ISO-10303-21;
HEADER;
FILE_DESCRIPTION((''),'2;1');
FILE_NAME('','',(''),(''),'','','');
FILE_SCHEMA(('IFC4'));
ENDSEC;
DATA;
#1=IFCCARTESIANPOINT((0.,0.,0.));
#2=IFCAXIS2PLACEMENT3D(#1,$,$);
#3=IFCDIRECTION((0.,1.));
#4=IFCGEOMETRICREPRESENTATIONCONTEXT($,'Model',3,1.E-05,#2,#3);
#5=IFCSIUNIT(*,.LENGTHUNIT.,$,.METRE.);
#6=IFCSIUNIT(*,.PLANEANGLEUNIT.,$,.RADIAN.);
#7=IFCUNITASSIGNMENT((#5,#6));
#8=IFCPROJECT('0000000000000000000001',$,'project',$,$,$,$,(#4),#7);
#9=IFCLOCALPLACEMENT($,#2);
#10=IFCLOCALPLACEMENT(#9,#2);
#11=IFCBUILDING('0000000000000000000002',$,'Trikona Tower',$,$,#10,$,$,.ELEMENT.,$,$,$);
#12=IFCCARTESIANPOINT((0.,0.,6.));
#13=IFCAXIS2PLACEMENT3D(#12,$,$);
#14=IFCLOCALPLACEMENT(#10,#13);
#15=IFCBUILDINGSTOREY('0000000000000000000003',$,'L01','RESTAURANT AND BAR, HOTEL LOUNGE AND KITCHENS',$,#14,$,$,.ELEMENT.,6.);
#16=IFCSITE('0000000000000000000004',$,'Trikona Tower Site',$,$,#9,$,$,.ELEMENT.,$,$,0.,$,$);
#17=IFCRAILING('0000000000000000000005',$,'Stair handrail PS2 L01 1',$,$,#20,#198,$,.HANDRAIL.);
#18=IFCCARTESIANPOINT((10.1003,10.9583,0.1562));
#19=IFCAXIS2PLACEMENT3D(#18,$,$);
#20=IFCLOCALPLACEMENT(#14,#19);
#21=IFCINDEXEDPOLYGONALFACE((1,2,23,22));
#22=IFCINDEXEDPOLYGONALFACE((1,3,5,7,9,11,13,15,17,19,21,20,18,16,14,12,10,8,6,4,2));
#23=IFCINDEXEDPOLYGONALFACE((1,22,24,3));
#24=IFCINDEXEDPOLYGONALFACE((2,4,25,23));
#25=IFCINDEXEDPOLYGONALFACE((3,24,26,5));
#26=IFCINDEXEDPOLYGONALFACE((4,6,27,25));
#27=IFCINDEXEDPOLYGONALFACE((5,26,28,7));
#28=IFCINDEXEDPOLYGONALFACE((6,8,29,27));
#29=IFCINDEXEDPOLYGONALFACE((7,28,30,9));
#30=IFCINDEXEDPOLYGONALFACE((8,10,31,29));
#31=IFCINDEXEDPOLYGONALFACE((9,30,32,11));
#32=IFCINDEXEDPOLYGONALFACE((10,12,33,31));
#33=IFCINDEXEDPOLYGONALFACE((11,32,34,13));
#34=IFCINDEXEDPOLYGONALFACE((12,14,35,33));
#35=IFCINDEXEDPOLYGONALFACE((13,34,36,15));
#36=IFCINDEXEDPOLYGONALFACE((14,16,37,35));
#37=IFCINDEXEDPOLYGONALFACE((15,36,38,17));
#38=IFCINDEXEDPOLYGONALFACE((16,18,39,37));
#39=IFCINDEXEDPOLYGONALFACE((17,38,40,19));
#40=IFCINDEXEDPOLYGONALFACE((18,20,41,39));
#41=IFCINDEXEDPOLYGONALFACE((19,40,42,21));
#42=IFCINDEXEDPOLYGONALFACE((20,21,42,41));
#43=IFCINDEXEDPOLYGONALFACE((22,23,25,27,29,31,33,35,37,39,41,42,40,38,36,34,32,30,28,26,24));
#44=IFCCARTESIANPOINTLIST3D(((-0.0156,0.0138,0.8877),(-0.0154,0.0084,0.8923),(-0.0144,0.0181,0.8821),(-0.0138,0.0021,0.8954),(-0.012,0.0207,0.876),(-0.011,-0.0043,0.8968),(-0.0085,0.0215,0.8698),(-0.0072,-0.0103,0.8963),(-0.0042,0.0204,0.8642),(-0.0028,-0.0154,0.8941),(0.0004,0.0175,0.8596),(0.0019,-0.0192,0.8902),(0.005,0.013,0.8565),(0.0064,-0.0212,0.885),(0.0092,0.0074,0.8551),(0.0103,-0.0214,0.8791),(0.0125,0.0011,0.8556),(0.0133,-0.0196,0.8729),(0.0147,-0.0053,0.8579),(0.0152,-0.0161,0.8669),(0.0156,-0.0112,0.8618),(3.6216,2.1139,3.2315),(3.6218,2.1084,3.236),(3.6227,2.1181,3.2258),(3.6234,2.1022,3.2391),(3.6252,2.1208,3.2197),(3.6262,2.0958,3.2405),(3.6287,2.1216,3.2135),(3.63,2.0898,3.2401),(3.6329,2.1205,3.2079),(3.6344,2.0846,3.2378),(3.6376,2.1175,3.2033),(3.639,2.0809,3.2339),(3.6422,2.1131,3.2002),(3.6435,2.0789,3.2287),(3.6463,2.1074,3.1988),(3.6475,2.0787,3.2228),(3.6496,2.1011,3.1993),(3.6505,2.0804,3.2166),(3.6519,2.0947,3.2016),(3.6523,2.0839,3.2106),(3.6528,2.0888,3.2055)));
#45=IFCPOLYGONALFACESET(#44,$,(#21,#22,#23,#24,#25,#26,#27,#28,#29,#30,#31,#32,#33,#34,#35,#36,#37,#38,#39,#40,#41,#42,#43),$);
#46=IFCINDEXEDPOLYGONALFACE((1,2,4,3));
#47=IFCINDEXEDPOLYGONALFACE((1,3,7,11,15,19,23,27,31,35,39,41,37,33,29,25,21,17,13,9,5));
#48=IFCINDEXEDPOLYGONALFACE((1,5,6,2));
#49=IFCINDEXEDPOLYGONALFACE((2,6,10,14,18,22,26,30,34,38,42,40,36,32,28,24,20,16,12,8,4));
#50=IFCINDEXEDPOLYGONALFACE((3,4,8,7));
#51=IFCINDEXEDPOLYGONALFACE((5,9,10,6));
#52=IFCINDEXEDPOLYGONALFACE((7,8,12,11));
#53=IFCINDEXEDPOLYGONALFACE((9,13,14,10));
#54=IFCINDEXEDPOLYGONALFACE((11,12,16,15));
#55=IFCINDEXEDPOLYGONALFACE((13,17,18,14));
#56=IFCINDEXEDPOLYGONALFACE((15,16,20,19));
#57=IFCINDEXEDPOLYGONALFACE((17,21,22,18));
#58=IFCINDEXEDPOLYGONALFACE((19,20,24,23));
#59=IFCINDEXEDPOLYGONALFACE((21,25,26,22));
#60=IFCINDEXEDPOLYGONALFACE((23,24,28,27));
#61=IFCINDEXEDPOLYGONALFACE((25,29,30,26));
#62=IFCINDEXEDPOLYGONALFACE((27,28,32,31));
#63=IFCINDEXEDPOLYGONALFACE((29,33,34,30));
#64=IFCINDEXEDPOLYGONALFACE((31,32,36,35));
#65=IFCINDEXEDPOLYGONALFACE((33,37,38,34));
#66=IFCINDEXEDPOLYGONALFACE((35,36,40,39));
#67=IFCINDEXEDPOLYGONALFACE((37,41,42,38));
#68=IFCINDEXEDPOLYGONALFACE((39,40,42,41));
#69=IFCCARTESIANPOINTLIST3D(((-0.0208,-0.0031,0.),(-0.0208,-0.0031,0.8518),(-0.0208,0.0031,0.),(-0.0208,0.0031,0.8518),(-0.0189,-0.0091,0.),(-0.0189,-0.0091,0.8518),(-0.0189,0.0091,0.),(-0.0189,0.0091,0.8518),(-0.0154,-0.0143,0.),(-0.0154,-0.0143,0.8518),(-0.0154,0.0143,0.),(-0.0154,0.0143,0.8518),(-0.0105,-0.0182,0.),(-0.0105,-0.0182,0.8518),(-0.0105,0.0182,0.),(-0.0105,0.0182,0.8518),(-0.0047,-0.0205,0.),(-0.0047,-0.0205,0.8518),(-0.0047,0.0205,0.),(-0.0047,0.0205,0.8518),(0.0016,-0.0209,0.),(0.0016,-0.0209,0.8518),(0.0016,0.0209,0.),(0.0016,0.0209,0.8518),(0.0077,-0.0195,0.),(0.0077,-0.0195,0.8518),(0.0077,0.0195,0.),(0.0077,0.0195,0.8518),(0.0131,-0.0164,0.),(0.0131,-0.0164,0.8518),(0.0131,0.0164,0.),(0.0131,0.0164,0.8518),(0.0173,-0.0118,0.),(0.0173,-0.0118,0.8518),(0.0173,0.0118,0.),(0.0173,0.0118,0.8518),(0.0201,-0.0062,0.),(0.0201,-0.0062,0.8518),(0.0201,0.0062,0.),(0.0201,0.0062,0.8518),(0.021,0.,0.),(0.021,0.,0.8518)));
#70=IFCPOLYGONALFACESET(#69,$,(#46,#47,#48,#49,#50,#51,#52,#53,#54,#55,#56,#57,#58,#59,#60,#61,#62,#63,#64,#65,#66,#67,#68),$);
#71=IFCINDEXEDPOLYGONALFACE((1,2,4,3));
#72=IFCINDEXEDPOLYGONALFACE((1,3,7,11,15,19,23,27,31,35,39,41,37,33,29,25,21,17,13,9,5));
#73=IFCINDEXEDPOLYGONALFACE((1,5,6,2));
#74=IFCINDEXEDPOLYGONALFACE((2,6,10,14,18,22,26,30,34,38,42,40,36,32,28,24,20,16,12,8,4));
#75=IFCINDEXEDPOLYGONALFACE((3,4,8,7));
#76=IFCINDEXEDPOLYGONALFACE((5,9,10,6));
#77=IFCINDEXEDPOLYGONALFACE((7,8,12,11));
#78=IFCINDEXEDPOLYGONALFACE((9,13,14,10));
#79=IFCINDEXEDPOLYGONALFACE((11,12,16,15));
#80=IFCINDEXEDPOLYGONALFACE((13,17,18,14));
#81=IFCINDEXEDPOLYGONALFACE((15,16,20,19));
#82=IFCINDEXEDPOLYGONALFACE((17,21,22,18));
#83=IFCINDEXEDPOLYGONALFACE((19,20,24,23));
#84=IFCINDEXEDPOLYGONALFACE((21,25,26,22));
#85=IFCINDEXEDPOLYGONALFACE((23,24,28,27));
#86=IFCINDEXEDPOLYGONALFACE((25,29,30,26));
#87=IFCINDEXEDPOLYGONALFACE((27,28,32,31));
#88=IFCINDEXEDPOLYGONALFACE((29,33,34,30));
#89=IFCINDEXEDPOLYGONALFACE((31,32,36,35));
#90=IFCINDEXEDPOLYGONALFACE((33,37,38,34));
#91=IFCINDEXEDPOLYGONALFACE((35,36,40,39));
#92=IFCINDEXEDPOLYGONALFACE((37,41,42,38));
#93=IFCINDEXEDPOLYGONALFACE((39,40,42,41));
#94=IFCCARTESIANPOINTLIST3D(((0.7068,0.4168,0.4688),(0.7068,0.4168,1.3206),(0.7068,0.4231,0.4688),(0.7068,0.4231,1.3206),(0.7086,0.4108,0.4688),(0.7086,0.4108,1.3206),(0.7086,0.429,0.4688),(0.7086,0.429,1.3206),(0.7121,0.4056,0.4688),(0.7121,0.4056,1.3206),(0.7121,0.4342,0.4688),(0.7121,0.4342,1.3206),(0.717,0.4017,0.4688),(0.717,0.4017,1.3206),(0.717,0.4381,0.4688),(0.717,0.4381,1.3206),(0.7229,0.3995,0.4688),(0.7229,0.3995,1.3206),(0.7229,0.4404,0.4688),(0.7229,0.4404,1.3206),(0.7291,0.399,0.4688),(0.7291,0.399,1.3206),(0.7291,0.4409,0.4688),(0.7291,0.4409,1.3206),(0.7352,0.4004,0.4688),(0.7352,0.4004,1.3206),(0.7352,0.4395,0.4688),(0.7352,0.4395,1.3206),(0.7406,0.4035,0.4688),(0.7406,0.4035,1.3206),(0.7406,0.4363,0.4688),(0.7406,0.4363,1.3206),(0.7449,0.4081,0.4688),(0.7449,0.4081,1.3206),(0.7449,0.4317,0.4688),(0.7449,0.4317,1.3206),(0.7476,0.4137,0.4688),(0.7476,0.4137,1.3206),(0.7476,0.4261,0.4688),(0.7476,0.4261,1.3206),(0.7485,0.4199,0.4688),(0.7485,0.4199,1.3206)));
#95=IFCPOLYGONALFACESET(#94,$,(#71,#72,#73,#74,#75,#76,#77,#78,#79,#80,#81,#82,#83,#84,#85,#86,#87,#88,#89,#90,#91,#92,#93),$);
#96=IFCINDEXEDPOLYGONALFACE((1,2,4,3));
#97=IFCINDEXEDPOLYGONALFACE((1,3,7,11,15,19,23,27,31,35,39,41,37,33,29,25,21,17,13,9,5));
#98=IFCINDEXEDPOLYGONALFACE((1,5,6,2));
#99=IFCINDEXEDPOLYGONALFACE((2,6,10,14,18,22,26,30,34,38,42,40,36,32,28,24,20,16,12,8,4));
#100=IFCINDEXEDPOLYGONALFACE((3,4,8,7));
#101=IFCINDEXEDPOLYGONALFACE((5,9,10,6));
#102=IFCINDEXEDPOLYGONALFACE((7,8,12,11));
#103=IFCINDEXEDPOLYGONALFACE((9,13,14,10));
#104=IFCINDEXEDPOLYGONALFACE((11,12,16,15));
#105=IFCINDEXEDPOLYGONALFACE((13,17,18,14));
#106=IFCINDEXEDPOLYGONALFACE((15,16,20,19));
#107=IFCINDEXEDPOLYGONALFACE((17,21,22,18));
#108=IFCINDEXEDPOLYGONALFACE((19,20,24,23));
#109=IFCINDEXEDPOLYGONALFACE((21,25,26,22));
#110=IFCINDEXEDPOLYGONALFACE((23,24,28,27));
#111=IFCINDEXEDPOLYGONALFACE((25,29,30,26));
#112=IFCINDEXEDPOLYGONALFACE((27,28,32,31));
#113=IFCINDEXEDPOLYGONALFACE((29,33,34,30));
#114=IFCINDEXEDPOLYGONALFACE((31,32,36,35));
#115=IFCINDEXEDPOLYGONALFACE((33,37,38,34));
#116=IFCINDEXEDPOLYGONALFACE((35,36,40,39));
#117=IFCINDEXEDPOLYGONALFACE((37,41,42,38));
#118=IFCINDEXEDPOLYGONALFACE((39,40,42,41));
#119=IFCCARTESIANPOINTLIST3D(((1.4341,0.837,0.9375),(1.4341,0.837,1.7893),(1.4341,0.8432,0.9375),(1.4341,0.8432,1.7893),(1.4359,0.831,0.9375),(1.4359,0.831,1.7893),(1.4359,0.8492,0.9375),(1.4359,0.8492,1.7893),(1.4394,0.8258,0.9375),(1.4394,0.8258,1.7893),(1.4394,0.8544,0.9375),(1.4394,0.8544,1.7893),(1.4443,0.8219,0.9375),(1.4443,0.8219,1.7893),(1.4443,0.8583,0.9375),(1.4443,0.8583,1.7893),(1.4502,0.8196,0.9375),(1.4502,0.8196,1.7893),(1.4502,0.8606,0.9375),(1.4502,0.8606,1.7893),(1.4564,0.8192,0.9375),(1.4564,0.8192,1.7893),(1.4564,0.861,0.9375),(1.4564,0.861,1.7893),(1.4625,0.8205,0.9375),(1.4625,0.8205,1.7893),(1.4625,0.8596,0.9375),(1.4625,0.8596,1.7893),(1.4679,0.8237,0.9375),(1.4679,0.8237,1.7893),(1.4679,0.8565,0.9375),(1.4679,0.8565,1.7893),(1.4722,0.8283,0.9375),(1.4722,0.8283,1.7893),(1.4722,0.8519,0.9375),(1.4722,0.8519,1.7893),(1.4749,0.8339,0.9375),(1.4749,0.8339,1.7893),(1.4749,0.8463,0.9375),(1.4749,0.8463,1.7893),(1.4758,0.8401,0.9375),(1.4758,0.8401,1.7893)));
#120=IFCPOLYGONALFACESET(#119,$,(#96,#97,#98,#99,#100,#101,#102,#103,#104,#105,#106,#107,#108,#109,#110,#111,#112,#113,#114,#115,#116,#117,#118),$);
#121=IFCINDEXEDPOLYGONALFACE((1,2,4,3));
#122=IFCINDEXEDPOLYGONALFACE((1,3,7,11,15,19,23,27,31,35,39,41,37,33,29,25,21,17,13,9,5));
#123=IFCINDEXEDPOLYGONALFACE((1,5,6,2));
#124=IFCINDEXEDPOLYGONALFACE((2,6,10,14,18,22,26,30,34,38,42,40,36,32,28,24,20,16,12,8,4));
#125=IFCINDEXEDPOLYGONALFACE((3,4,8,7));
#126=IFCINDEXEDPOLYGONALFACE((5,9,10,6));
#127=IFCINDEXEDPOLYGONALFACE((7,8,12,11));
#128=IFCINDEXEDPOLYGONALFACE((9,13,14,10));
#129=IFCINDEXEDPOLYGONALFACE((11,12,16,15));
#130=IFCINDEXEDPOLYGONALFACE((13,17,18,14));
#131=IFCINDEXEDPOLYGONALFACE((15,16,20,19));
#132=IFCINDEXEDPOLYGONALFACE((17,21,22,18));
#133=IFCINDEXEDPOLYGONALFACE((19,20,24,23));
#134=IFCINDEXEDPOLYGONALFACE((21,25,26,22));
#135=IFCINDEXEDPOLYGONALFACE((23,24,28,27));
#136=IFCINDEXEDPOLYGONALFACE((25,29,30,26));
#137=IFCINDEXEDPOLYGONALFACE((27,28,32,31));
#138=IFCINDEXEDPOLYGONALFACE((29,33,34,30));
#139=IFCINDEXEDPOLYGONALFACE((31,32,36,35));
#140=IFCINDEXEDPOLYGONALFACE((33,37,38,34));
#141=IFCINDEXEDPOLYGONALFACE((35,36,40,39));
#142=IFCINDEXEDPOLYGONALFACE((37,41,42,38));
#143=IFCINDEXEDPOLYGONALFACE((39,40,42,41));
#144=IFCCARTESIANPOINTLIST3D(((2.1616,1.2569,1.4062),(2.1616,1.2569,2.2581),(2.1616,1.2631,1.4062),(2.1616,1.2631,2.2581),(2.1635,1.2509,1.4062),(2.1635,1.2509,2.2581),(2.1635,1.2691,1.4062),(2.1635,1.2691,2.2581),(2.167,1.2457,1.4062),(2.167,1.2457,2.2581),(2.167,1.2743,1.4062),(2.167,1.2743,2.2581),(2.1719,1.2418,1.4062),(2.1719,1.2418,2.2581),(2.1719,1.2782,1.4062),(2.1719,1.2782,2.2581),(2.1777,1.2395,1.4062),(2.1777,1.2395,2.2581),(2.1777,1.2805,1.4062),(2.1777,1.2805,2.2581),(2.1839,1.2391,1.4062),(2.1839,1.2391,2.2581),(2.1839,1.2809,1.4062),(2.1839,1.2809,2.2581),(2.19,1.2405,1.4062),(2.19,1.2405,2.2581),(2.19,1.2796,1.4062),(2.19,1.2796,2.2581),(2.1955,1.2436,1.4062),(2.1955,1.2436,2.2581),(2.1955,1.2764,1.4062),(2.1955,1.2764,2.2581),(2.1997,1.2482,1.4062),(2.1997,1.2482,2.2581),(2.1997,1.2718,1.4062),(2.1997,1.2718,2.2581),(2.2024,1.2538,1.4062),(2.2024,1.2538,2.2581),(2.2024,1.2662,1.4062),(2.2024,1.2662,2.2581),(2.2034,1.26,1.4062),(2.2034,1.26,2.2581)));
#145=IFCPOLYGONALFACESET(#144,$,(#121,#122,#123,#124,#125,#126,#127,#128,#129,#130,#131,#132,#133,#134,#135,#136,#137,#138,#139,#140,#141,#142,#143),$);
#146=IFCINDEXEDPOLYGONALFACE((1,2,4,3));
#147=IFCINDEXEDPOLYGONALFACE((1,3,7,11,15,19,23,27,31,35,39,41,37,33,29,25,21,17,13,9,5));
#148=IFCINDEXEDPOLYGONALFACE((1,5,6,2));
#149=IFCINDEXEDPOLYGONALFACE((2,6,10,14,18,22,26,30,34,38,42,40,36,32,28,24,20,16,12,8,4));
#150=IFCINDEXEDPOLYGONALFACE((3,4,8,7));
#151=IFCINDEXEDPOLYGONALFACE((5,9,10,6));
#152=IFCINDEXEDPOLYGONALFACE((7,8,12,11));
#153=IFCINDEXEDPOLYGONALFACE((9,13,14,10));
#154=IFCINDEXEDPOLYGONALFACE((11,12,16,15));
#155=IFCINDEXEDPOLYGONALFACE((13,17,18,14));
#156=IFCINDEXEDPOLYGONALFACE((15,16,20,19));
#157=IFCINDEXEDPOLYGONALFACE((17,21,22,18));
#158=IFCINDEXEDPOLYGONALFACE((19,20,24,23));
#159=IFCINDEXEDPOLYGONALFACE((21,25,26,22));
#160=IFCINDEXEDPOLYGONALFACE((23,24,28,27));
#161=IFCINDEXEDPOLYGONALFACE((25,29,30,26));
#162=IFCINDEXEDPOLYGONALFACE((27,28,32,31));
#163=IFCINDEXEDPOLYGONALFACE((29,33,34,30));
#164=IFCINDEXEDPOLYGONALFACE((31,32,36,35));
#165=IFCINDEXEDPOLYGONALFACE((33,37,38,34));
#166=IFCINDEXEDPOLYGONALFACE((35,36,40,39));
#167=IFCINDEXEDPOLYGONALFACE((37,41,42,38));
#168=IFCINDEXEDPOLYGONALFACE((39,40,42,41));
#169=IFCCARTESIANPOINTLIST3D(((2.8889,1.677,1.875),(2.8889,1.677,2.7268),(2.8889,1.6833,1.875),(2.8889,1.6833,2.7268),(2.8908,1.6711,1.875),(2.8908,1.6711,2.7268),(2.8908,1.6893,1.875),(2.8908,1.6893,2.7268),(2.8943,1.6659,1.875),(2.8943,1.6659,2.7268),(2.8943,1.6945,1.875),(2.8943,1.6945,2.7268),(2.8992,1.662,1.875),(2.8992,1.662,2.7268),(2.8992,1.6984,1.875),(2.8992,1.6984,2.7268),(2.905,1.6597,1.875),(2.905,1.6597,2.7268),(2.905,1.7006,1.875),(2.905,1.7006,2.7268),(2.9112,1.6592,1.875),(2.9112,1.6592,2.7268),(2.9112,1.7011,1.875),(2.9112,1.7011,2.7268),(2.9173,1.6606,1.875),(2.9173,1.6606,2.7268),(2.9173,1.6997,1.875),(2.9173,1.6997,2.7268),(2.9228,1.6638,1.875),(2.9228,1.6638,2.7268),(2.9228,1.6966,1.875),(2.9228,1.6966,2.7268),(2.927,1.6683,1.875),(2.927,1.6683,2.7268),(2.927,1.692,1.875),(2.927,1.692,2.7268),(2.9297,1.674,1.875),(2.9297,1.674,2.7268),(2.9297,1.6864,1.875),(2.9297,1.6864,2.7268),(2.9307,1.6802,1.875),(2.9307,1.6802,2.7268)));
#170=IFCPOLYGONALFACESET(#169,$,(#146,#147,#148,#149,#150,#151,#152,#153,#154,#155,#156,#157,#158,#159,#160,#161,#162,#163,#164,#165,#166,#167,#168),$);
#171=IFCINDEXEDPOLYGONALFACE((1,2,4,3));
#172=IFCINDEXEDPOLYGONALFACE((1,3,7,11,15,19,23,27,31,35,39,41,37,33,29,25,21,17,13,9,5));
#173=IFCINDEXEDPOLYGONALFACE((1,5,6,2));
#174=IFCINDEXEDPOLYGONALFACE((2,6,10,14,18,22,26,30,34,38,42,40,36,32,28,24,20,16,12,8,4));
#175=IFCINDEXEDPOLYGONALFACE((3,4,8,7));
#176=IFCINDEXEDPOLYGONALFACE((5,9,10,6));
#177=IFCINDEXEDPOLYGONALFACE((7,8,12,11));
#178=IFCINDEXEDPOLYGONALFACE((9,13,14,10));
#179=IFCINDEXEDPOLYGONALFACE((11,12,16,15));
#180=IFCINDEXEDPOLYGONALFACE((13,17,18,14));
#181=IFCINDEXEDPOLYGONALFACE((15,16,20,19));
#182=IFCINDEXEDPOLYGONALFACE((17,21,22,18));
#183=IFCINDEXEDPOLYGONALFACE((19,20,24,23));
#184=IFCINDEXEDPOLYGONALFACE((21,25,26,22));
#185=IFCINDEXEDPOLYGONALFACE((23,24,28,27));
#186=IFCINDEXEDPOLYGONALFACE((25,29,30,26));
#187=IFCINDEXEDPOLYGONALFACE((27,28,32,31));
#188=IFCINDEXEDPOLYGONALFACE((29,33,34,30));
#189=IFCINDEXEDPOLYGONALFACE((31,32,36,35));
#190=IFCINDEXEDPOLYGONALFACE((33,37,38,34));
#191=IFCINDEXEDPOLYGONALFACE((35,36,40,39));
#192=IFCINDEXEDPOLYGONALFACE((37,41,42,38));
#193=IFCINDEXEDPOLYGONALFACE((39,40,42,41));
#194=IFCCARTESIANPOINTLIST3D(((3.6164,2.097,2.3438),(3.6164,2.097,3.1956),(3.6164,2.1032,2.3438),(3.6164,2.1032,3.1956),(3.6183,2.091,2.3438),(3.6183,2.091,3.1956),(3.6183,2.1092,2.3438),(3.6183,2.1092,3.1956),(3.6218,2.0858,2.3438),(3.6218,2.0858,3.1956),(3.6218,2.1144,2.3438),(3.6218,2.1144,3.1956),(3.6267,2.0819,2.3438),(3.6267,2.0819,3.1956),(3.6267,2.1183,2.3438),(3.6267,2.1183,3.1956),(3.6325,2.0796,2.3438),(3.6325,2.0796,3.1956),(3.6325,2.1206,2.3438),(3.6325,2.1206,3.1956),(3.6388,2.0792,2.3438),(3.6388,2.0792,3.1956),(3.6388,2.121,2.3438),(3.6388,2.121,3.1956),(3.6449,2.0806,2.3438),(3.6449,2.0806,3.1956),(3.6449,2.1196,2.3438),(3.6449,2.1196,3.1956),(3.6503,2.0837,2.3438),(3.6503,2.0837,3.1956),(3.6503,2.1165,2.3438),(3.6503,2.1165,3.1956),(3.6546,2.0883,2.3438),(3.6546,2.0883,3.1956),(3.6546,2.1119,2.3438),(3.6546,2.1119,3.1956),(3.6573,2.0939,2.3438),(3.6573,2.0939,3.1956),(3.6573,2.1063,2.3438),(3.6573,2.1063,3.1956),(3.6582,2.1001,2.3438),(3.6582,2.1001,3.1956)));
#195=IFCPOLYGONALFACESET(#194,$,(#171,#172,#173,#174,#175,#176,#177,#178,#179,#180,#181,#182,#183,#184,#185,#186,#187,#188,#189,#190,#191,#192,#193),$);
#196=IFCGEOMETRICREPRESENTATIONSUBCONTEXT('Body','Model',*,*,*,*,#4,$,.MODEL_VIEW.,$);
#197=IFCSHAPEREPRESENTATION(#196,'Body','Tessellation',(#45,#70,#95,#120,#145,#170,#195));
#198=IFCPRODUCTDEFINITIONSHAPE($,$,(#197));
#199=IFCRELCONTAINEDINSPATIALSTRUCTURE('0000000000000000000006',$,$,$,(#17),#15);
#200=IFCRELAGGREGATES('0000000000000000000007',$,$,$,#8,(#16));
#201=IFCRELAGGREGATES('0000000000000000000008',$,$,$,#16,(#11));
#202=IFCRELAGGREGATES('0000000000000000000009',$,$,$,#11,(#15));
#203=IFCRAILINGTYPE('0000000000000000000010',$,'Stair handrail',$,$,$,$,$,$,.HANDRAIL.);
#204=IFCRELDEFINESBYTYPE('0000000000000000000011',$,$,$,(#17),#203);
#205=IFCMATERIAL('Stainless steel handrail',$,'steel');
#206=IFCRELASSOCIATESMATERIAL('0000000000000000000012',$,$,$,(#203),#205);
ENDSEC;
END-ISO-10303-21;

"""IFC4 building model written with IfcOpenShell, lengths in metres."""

from ifc_helpers import new_model, si_unit, direction, frame, origin, origin_2d, place, context, subcontext, project, spatial, circle, extrude, material, type_object, element, save


model = new_model("IFC4")

# Units and contexts
model_context = context("Model", 3, precision=1e-05, world=origin(), true_north=direction((0.0, 1.0)))
body_context = subcontext(model_context, "Body", "Model", "MODEL_VIEW")
ifc_project = project(units=[si_unit("LENGTHUNIT", "METRE"), si_unit("PLANEANGLEUNIT", "RADIAN")], contexts=[model_context])

# Site, building, storey
site_placement = place(None, origin())
site = spatial("IfcSite", under=ifc_project, at=site_placement, Name="Trikona Tower Site", CompositionType="ELEMENT", RefElevation=0.0)
building_placement = place(site_placement, origin())
building = spatial("IfcBuilding", under=site, at=building_placement, Name="Trikona Tower", CompositionType="ELEMENT")
storey_placement = place(building_placement, frame((0.0, 0.0, 6.0)))
storey = spatial("IfcBuildingStorey", under=building, at=storey_placement, Name="L01", Description="RESTAURANT AND BAR, HOTEL LOUNGE AND KITCHENS", CompositionType="ELEMENT", Elevation=6.0)

# Railing
ifc_material_1 = material(Name="Stainless steel handrail", Category="steel")
railing_type = type_object("IfcRailingType", Name="Stair handrail", PredefinedType="HANDRAIL", material=ifc_material_1)
railing_placement = place(storey_placement, frame((10.1003, 10.9583, 0.1562)))
element("IfcRailing", 1, at=railing_placement, inside=storey, type_object=railing_type, Name="Stair handrail PS2 L01 1", PredefinedType="HANDRAIL", context=body_context, shape_type="SweptSolid", body=[
    extrude(circle(Radius=0.0239, at=origin_2d()), frame((0.0, 0.0, 0.876), z_axis=(0.756229, 0.436641, 0.4873), x_axis=(-0.500028, 0.866009, 0.0)), (0.0, 0.0, 1.0), 4.8096),
    extrude(circle(Radius=0.021, at=origin_2d()), origin(), (0.0, 0.0, 1.0), 0.8518),
    extrude(circle(Radius=0.021, at=origin_2d()), frame((0.7275, 0.4199, 0.4688)), (0.0, 0.0, 1.0), 0.8518),
    extrude(circle(Radius=0.021, at=origin_2d()), frame((1.4548, 0.8401, 0.9375)), (0.0, 0.0, 1.0), 0.8518),
    extrude(circle(Radius=0.021, at=origin_2d()), frame((2.1824, 1.26, 1.4062)), (0.0, 0.0, 1.0), 0.8518),
    extrude(circle(Radius=0.021, at=origin_2d()), frame((2.9097, 1.6802, 1.875)), (0.0, 0.0, 1.0), 0.8518),
    extrude(circle(Radius=0.021, at=origin_2d()), frame((3.6372, 2.1001, 2.3438)), (0.0, 0.0, 1.0), 0.8518),
])

save(model, "model.ifc")
